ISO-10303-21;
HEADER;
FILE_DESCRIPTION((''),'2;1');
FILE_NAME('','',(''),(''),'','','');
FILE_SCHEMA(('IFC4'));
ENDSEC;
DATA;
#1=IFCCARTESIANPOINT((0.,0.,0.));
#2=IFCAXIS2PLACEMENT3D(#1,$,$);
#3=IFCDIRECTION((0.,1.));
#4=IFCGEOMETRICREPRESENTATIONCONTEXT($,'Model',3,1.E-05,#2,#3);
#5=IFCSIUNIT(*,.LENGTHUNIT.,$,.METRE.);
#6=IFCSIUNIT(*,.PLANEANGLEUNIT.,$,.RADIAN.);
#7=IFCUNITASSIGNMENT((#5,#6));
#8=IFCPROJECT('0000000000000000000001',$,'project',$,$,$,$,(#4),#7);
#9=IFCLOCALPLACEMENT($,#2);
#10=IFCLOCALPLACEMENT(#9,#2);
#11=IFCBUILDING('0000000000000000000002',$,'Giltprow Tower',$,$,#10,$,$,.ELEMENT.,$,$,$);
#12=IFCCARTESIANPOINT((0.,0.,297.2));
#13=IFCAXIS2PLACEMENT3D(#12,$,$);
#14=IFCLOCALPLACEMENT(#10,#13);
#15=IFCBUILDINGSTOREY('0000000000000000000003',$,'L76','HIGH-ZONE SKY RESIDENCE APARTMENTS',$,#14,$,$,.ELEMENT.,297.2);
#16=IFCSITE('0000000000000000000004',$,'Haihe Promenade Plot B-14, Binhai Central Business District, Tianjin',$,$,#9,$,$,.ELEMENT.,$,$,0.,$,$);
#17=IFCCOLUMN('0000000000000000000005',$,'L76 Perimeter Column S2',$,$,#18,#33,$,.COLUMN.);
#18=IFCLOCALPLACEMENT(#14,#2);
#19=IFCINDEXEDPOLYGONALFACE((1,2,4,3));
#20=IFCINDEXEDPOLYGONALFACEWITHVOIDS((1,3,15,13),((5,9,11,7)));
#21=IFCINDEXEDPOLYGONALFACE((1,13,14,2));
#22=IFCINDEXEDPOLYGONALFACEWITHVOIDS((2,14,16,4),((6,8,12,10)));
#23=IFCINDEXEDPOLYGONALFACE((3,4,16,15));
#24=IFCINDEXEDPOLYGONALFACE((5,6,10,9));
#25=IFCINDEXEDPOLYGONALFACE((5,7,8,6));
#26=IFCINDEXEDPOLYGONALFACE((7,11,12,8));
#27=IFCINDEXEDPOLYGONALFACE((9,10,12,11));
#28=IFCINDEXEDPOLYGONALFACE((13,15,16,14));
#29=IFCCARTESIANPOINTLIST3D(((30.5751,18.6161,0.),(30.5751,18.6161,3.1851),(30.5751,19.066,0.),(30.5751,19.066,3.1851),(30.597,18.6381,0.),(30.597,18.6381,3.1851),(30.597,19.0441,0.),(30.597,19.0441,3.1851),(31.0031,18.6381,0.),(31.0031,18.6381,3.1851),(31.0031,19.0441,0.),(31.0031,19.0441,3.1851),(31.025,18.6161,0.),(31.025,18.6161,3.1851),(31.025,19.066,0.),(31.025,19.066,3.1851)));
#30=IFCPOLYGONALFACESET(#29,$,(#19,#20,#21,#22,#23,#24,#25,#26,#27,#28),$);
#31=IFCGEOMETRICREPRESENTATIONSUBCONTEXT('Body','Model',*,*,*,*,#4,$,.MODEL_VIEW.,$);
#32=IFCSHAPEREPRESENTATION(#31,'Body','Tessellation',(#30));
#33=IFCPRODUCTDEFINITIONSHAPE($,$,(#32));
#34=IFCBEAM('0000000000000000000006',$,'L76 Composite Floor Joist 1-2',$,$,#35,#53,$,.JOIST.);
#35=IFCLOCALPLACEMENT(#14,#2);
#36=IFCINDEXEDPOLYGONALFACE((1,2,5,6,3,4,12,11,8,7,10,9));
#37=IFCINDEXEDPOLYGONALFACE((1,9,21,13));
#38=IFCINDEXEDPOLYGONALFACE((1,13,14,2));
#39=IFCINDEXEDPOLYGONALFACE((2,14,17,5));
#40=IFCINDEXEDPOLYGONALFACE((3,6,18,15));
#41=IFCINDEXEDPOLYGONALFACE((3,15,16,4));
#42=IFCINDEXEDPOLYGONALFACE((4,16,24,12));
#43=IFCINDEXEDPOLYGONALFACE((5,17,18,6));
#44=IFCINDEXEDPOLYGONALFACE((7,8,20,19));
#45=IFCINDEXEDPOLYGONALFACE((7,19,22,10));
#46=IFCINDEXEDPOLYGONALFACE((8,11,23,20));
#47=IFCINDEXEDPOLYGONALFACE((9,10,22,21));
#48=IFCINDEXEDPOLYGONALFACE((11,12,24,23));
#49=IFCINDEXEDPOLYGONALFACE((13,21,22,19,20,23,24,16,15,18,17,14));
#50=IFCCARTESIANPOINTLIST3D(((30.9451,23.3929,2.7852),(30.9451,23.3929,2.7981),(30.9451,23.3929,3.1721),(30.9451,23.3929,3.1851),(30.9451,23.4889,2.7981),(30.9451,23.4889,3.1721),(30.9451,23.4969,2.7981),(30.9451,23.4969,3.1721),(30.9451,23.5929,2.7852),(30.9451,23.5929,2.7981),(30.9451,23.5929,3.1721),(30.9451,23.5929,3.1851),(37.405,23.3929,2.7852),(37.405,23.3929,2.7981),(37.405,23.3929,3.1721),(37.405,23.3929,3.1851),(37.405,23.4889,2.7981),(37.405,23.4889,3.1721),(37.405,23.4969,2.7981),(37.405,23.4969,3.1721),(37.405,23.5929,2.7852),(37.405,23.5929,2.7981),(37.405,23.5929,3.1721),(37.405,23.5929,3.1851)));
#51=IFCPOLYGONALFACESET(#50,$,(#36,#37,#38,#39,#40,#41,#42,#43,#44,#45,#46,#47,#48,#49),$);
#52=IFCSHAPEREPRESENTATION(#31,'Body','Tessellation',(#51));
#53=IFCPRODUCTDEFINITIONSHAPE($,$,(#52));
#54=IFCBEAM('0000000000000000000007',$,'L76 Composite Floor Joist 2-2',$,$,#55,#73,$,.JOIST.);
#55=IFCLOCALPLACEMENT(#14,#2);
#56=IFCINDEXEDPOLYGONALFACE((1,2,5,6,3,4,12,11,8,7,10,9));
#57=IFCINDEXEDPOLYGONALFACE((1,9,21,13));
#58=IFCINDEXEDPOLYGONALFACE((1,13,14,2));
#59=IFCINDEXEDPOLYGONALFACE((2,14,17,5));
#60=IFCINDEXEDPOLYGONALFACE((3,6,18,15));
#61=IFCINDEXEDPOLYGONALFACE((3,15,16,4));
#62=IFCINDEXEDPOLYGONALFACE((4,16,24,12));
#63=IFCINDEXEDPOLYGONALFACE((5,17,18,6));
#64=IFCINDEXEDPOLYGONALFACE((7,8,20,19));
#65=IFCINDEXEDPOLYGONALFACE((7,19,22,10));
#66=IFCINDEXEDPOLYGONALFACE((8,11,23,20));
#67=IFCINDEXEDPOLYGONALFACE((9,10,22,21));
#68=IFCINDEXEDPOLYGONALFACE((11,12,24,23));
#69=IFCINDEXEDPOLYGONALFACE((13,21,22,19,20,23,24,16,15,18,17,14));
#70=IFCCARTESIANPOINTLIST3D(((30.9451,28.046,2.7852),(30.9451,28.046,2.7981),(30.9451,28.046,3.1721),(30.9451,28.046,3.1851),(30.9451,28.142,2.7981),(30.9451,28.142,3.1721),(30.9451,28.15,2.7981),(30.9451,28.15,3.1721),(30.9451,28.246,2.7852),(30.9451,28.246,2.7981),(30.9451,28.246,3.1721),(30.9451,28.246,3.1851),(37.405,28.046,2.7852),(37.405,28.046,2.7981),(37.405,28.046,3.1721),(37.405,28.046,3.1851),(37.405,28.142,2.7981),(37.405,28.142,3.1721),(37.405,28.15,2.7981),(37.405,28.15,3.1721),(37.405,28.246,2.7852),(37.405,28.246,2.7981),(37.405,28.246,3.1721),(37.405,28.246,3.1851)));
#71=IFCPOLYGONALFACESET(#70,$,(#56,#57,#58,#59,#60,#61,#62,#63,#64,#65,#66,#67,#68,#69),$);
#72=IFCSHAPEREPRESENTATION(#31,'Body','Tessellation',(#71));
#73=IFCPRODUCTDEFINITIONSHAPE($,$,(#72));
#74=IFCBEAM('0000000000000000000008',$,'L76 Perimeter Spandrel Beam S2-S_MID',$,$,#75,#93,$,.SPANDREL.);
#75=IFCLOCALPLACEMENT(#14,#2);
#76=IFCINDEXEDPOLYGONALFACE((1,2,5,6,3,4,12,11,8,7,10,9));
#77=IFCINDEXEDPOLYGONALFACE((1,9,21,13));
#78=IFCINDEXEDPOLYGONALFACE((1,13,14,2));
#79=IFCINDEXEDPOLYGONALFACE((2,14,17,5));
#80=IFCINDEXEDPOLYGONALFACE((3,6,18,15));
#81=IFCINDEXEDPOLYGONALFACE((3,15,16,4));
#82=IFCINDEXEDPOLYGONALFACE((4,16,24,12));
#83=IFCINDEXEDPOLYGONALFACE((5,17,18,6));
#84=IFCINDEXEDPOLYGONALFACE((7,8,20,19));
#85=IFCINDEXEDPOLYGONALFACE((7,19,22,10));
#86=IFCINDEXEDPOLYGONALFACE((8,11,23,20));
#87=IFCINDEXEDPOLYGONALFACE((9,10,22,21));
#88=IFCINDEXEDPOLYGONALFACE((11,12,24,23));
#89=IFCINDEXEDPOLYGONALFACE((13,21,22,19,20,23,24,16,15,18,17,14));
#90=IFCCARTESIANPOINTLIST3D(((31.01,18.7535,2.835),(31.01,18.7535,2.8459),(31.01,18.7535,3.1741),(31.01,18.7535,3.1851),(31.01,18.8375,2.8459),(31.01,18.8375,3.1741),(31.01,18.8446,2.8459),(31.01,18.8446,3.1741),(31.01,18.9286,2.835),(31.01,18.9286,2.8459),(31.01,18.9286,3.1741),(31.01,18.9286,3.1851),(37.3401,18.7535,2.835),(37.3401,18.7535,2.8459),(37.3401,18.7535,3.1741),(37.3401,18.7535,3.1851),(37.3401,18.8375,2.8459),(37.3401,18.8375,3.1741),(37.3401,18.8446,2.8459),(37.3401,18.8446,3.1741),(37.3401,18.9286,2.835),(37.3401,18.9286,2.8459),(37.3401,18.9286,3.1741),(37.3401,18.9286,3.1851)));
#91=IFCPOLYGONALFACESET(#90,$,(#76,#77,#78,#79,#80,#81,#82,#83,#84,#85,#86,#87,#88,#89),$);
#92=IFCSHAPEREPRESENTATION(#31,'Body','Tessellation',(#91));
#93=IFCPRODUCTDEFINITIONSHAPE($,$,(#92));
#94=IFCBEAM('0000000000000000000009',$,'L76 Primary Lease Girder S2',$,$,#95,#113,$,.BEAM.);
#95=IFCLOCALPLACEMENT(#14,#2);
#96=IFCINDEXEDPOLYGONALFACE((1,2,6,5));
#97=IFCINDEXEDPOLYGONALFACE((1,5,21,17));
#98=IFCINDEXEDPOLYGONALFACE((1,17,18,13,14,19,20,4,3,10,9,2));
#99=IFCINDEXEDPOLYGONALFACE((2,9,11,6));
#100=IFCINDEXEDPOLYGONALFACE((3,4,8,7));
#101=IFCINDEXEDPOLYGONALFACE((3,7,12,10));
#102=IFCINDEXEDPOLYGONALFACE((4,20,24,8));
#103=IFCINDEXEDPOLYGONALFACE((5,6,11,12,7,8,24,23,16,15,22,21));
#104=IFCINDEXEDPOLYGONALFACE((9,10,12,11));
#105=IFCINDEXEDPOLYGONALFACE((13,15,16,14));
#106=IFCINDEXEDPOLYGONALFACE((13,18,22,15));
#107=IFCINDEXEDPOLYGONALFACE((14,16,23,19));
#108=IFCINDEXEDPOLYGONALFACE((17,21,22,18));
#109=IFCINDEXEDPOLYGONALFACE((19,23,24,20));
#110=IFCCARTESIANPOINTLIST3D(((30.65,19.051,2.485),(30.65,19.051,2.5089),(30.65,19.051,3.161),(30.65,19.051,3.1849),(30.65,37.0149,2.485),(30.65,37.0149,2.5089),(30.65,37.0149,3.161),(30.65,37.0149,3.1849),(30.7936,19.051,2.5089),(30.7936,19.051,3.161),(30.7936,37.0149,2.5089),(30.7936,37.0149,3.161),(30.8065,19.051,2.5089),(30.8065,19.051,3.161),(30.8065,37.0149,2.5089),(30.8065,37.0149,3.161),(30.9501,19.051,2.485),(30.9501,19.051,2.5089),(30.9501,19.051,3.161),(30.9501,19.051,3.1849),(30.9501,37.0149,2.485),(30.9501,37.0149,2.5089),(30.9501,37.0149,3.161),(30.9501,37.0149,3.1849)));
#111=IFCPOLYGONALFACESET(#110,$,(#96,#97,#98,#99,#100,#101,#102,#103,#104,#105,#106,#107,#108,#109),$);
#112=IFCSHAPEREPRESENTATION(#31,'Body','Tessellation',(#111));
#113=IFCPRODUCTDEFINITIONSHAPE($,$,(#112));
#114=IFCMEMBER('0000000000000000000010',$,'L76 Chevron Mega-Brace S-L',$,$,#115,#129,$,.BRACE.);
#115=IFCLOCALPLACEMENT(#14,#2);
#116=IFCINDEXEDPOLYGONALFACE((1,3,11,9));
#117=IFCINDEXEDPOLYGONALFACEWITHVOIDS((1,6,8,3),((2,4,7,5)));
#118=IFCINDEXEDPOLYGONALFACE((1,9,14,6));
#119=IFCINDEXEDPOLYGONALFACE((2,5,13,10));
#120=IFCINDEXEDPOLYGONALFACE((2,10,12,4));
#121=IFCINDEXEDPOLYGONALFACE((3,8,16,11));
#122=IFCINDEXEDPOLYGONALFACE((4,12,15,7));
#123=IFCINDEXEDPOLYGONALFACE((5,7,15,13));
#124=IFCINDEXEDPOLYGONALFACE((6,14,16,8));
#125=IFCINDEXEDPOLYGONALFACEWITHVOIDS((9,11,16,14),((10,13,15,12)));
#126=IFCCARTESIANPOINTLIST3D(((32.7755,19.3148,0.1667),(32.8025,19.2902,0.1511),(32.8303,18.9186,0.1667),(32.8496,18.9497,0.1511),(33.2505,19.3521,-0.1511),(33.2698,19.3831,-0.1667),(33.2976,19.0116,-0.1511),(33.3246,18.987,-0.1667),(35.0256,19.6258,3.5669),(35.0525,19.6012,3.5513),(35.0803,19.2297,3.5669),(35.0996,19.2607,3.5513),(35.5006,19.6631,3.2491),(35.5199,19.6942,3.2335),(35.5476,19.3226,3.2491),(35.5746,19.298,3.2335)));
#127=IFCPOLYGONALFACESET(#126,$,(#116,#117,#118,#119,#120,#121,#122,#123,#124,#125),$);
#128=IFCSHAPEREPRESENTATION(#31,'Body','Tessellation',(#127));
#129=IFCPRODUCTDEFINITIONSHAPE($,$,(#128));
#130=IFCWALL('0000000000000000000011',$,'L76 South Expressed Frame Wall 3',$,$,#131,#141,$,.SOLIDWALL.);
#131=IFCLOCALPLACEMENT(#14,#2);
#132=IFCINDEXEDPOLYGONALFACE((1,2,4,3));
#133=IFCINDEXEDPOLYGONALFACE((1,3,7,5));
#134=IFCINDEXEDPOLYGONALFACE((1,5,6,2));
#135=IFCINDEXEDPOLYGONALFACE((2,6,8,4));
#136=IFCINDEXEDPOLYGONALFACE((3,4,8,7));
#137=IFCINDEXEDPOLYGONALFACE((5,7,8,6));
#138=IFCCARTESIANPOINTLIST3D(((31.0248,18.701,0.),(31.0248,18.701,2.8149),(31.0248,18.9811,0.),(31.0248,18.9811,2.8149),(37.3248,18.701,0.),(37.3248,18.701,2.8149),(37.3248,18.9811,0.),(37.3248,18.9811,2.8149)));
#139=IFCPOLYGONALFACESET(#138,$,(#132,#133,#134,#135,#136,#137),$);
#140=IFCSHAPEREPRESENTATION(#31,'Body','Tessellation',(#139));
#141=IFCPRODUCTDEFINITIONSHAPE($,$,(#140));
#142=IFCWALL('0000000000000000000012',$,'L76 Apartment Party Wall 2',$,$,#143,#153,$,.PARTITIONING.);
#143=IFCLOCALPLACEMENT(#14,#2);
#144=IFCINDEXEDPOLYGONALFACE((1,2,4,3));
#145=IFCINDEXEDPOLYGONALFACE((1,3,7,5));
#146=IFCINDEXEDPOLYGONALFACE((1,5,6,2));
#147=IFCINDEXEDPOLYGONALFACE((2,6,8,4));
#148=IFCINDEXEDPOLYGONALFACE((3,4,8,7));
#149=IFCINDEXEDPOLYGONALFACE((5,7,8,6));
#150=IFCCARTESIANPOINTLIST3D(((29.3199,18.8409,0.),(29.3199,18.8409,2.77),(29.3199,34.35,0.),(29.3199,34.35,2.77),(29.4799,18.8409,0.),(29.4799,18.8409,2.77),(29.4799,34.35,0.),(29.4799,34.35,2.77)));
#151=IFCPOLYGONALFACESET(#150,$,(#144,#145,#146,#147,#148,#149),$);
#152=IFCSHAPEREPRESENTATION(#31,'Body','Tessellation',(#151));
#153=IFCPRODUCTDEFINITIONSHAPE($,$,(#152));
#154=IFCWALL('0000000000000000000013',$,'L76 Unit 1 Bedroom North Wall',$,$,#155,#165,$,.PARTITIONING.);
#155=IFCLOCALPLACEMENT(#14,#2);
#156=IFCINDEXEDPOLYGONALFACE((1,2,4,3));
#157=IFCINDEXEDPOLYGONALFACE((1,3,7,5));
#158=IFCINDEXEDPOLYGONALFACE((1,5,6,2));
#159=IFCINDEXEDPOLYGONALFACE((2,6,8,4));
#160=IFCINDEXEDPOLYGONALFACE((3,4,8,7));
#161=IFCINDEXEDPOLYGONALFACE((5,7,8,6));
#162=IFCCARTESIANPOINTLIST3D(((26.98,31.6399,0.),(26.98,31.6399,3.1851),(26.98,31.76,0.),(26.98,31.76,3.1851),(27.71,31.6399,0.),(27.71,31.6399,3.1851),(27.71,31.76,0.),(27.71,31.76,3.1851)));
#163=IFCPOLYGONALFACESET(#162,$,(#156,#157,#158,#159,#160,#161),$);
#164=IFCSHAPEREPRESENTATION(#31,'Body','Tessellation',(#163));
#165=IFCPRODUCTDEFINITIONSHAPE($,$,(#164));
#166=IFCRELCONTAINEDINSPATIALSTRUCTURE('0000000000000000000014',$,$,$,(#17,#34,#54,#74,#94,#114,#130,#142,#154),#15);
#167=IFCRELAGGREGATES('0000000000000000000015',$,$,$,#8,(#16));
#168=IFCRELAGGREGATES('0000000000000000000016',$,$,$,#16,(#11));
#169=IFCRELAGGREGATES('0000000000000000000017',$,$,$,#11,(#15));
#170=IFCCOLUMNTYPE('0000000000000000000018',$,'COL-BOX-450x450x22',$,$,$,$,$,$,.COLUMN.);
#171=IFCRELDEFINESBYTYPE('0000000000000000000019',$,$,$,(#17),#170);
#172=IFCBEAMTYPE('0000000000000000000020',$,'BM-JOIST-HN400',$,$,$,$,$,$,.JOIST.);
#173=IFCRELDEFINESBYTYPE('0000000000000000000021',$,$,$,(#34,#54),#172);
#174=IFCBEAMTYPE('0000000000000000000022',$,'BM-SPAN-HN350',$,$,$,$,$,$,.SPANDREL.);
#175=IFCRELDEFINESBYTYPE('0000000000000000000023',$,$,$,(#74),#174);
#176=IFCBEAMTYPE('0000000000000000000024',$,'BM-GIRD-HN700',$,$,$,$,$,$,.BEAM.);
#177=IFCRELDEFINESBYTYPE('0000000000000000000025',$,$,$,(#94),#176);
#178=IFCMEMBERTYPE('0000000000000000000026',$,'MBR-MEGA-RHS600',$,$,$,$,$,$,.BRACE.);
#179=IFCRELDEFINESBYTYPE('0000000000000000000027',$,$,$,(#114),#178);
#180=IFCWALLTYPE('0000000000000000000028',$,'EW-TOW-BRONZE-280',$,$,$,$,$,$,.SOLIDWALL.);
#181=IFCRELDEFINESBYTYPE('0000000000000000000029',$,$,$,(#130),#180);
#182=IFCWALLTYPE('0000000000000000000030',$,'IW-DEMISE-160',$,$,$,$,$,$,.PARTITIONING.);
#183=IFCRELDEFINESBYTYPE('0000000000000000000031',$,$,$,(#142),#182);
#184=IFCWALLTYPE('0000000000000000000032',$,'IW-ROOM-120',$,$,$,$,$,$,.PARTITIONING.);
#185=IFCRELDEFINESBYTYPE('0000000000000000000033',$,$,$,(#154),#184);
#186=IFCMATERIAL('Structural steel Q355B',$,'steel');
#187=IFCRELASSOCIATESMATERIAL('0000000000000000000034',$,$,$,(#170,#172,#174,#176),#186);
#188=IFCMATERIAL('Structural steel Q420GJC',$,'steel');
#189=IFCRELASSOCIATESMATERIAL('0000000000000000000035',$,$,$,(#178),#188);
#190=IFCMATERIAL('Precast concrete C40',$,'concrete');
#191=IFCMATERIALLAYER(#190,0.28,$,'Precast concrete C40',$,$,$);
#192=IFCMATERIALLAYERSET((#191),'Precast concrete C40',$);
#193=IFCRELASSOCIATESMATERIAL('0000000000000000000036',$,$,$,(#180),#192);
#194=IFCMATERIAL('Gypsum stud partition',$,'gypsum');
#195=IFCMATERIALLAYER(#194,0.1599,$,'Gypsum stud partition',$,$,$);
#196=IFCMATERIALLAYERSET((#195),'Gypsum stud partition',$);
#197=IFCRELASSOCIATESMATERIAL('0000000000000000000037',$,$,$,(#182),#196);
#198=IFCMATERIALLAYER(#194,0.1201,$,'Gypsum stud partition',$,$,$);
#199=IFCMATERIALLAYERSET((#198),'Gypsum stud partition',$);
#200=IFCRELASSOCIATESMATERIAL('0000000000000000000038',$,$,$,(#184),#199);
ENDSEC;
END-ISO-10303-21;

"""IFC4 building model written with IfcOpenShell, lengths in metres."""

from ifc_helpers import new_model, si_unit, direction, frame, frame_2d, origin, origin_2d, place, context, subcontext, project, spatial, rectangle, hollow_rectangle, i_section, extrude, source, transform, mapped, material, layer, layer_set, material_profile, profile_set, type_object, element, save


model = new_model("IFC4")

# Units and contexts
model_context = context("Model", 3, precision=1e-05, world=origin(), true_north=direction((0.0, 1.0)))
body_context = subcontext(model_context, "Body", "Model", "MODEL_VIEW")
ifc_project = project(units=[si_unit("LENGTHUNIT", "METRE"), si_unit("PLANEANGLEUNIT", "RADIAN")], contexts=[model_context])

# Site, building, storey
site_placement = place(None, origin())
site = spatial("IfcSite", under=ifc_project, at=site_placement, Name="Haihe Promenade Plot B-14, Binhai Central Business District, Tianjin", CompositionType="ELEMENT", RefElevation=0.0)
building_placement = place(site_placement, origin())
building = spatial("IfcBuilding", under=site, at=building_placement, Name="Giltprow Tower", CompositionType="ELEMENT")
storey_placement = place(building_placement, frame((0.0, 0.0, 297.2)))
storey = spatial("IfcBuildingStorey", under=building, at=storey_placement, Name="L76", Description="HIGH-ZONE SKY RESIDENCE APARTMENTS", CompositionType="ELEMENT", Elevation=297.2)

# Column
ifc_material_1 = material(Name="Structural steel Q355B", Category="steel")
ifc_material_profile_1 = material_profile(ifc_material_1, hollow_rectangle(XDim=0.45, YDim=0.45, WallThickness=0.022, at=origin_2d()), Name="BOX 450x450x22")
ifc_profile_set_1 = profile_set([ifc_material_profile_1], Name="Structural steel Q355B")
column_type = type_object("IfcColumnType", Name="COL-BOX-450x450x22", PredefinedType="COLUMN", material=ifc_profile_set_1)
shared_shape_1 = source(origin(), body_context, "Body", "SweptSolid", [
    extrude(hollow_rectangle(XDim=0.45, YDim=0.45, WallThickness=0.022, at=origin_2d()), origin(), (0.0, 0.0, 1.0), 3.1851),
])
column_placement = place(storey_placement, frame((30.8, 18.8411, 0.0), z_axis=(0.0, 0.0, 1.0), x_axis=(1.0, 0.0, 0.0)))
element("IfcColumn", 1, at=column_placement, inside=storey, type_object=column_type, Name="L76 Perimeter Column S2", PredefinedType="COLUMN", context=body_context, shape_type="MappedRepresentation", body=[
    mapped(shared_shape_1, transform((0.0, 0.0, 0.0), x_axis=(1.0, 0.0, 0.0), y_axis=(0.0, 1.0, 0.0), z_axis=(0.0, 0.0, 1.0), scale=1.0)),
])

# Beams
ifc_material_profile_2 = material_profile(ifc_material_1, i_section(OverallWidth=0.2, OverallDepth=0.3999, WebThickness=0.0081, FlangeThickness=0.0129, at=origin_2d()), Name="HN 400x200x8x13")
ifc_profile_set_2 = profile_set([ifc_material_profile_2], Name="Structural steel Q355B")
beam_type_1 = type_object("IfcBeamType", Name="BM-JOIST-HN400", PredefinedType="JOIST", material=ifc_profile_set_2)
shared_shape_2 = source(origin(), body_context, "Body", "SweptSolid", [
    extrude(i_section(OverallWidth=0.2, OverallDepth=0.3999, WebThickness=0.0081, FlangeThickness=0.0129, at=origin_2d()), origin(), (0.0, 0.0, 1.0), 6.46),
])
for number, where, z_axis, x_axis, name in (
    (2, (30.9451, 23.4929, 2.9851), (1.0, 0.0, 0.0), (0.0, 1.0, 0.0), "L76 Composite Floor Joist 1-2"),
    (3, (30.9451, 28.146, 2.9851), (1.0, 0.0, 0.0), (0.0, 1.0, 0.0), "L76 Composite Floor Joist 2-2"),
):
    element("IfcBeam", number, at=place(storey_placement, frame(where, z_axis=z_axis, x_axis=x_axis)), inside=storey, type_object=beam_type_1, Name=name, PredefinedType="JOIST", context=body_context, shape_type="MappedRepresentation", body=[
        mapped(shared_shape_2, transform((0.0, 0.0, 0.0), x_axis=(1.0, 0.0, 0.0), y_axis=(0.0, 1.0, 0.0), z_axis=(0.0, 0.0, 1.0), scale=1.0)),
    ])
ifc_material_profile_3 = material_profile(ifc_material_1, i_section(OverallWidth=0.175, OverallDepth=0.3501, WebThickness=0.0071, FlangeThickness=0.011, at=origin_2d()), Name="HN 350x175x7x11")
ifc_profile_set_3 = profile_set([ifc_material_profile_3], Name="Structural steel Q355B")
beam_type_2 = type_object("IfcBeamType", Name="BM-SPAN-HN350", PredefinedType="SPANDREL", material=ifc_profile_set_3)
shared_shape_3 = source(origin(), body_context, "Body", "SweptSolid", [
    extrude(i_section(OverallWidth=0.175, OverallDepth=0.3501, WebThickness=0.0071, FlangeThickness=0.011, at=origin_2d()), origin(), (0.0, 0.0, 1.0), 6.3301),
])
beam_1_placement = place(storey_placement, frame((31.01, 18.8411, 3.01), z_axis=(1.0, 0.0, 0.0), x_axis=(0.0, 1.0, 0.0)))
element("IfcBeam", 4, at=beam_1_placement, inside=storey, type_object=beam_type_2, Name="L76 Perimeter Spandrel Beam S2-S_MID", PredefinedType="SPANDREL", context=body_context, shape_type="MappedRepresentation", body=[
    mapped(shared_shape_3, transform((0.0, 0.0, 0.0), x_axis=(1.0, 0.0, 0.0), y_axis=(0.0, 1.0, 0.0), z_axis=(0.0, 0.0, 1.0), scale=1.0)),
])
ifc_material_profile_4 = material_profile(ifc_material_1, i_section(OverallWidth=0.3, OverallDepth=0.7, WebThickness=0.0129, FlangeThickness=0.0239, at=origin_2d()), Name="HN 700x300x13x24")
ifc_profile_set_4 = profile_set([ifc_material_profile_4], Name="Structural steel Q355B")
beam_type_3 = type_object("IfcBeamType", Name="BM-GIRD-HN700", PredefinedType="BEAM", material=ifc_profile_set_4)
shared_shape_4 = source(origin(), body_context, "Body", "SweptSolid", [
    extrude(i_section(OverallWidth=0.3, OverallDepth=0.7, WebThickness=0.0129, FlangeThickness=0.0239, at=origin_2d()), origin(), (0.0, 0.0, 1.0), 17.9639),
])
beam_2_placement = place(storey_placement, frame((30.8, 19.051, 2.835), z_axis=(0.0, 1.0, 0.0), x_axis=(-1.0, 0.0, 0.0)))
element("IfcBeam", 5, at=beam_2_placement, inside=storey, type_object=beam_type_3, Name="L76 Primary Lease Girder S2", PredefinedType="BEAM", context=body_context, shape_type="MappedRepresentation", body=[
    mapped(shared_shape_4, transform((0.0, 0.0, 0.0), x_axis=(1.0, 0.0, 0.0), y_axis=(0.0, 1.0, 0.0), z_axis=(0.0, 0.0, 1.0), scale=1.0)),
])

# Member
ifc_material_2 = material(Name="Structural steel Q420GJC", Category="steel")
ifc_material_profile_5 = material_profile(ifc_material_2, hollow_rectangle(XDim=0.3999, YDim=0.6001, WallThickness=0.0281, at=origin_2d()), Name="RHS 600x400x28")
ifc_profile_set_5 = profile_set([ifc_material_profile_5], Name="Structural steel Q420GJC")
member_type = type_object("IfcMemberType", Name="MBR-MEGA-RHS600", PredefinedType="BRACE", material=ifc_profile_set_5)
shared_shape_5 = source(origin(), body_context, "Body", "SweptSolid", [
    extrude(hollow_rectangle(XDim=0.3999, YDim=0.6001, WallThickness=0.0281, at=origin_2d()), origin(), (0.0, 0.0, 1.0), 4.0891),
])
member_placement = place(storey_placement, frame((33.05, 19.1509, 0.0), z_axis=(0.550252, 0.076066, 0.831527), x_axis=(-0.136936, 0.99058, 0.0)))
element("IfcMember", 6, at=member_placement, inside=storey, type_object=member_type, Name="L76 Chevron Mega-Brace S-L", PredefinedType="BRACE", context=body_context, shape_type="MappedRepresentation", body=[
    mapped(shared_shape_5, transform((0.0, 0.0, 0.0), x_axis=(1.0, 0.0, 0.0), y_axis=(0.0, 1.0, 0.0), z_axis=(0.0, 0.0, 1.0), scale=1.0)),
])

# Walls
ifc_material_3 = material(Name="Precast concrete C40", Category="concrete")
ifc_layer_1 = layer(ifc_material_3, 0.28, Name="Precast concrete C40")
ifc_layer_set_1 = layer_set([ifc_layer_1], Name="Precast concrete C40")
wall_type_1 = type_object("IfcWallType", Name="EW-TOW-BRONZE-280", PredefinedType="SOLIDWALL", material=ifc_layer_set_1)
wall_1_placement = place(storey_placement, frame((31.0249, 18.8411, 0.0), z_axis=(0.0, 0.0, 1.0), x_axis=(1.0, 0.0, 0.0)))
element("IfcWall", 7, at=wall_1_placement, inside=storey, type_object=wall_type_1, Name="L76 South Expressed Frame Wall 3", PredefinedType="SOLIDWALL", context=body_context, shape_type="SweptSolid", body=[
    extrude(rectangle(XDim=6.3, YDim=0.28, at=frame_2d((3.1499, 0.0))), origin(), (0.0, 0.0, 1.0), 2.8149),
])
ifc_material_4 = material(Name="Gypsum stud partition", Category="gypsum")
ifc_layer_2 = layer(ifc_material_4, 0.1599, Name="Gypsum stud partition")
ifc_layer_set_2 = layer_set([ifc_layer_2], Name="Gypsum stud partition")
wall_type_2 = type_object("IfcWallType", Name="IW-DEMISE-160", PredefinedType="PARTITIONING", material=ifc_layer_set_2)
wall_2_placement = place(storey_placement, frame((29.3999, 18.8411, 0.0), z_axis=(0.0, 0.0, 1.0), x_axis=(0.0, 1.0, 0.0)))
element("IfcWall", 8, at=wall_2_placement, inside=storey, type_object=wall_type_2, Name="L76 Apartment Party Wall 2", PredefinedType="PARTITIONING", context=body_context, shape_type="SweptSolid", body=[
    extrude(rectangle(XDim=15.509, YDim=0.1599, at=frame_2d((7.7544, 0.0))), origin(), (0.0, 0.0, 1.0), 2.77),
])
ifc_layer_3 = layer(ifc_material_4, 0.1201, Name="Gypsum stud partition")
ifc_layer_set_3 = layer_set([ifc_layer_3], Name="Gypsum stud partition")
wall_type_3 = type_object("IfcWallType", Name="IW-ROOM-120", PredefinedType="PARTITIONING", material=ifc_layer_set_3)
wall_3_placement = place(storey_placement, frame((26.98, 31.7, 0.0), z_axis=(0.0, 0.0, 1.0), x_axis=(1.0, 0.0, 0.0)))
element("IfcWall", 9, at=wall_3_placement, inside=storey, type_object=wall_type_3, Name="L76 Unit 1 Bedroom North Wall", PredefinedType="PARTITIONING", context=body_context, shape_type="SweptSolid", body=[
    extrude(rectangle(XDim=0.73, YDim=0.1201, at=frame_2d((0.365, 0.0))), origin(), (0.0, 0.0, 1.0), 3.1851),
])

save(model, "model.ifc")
